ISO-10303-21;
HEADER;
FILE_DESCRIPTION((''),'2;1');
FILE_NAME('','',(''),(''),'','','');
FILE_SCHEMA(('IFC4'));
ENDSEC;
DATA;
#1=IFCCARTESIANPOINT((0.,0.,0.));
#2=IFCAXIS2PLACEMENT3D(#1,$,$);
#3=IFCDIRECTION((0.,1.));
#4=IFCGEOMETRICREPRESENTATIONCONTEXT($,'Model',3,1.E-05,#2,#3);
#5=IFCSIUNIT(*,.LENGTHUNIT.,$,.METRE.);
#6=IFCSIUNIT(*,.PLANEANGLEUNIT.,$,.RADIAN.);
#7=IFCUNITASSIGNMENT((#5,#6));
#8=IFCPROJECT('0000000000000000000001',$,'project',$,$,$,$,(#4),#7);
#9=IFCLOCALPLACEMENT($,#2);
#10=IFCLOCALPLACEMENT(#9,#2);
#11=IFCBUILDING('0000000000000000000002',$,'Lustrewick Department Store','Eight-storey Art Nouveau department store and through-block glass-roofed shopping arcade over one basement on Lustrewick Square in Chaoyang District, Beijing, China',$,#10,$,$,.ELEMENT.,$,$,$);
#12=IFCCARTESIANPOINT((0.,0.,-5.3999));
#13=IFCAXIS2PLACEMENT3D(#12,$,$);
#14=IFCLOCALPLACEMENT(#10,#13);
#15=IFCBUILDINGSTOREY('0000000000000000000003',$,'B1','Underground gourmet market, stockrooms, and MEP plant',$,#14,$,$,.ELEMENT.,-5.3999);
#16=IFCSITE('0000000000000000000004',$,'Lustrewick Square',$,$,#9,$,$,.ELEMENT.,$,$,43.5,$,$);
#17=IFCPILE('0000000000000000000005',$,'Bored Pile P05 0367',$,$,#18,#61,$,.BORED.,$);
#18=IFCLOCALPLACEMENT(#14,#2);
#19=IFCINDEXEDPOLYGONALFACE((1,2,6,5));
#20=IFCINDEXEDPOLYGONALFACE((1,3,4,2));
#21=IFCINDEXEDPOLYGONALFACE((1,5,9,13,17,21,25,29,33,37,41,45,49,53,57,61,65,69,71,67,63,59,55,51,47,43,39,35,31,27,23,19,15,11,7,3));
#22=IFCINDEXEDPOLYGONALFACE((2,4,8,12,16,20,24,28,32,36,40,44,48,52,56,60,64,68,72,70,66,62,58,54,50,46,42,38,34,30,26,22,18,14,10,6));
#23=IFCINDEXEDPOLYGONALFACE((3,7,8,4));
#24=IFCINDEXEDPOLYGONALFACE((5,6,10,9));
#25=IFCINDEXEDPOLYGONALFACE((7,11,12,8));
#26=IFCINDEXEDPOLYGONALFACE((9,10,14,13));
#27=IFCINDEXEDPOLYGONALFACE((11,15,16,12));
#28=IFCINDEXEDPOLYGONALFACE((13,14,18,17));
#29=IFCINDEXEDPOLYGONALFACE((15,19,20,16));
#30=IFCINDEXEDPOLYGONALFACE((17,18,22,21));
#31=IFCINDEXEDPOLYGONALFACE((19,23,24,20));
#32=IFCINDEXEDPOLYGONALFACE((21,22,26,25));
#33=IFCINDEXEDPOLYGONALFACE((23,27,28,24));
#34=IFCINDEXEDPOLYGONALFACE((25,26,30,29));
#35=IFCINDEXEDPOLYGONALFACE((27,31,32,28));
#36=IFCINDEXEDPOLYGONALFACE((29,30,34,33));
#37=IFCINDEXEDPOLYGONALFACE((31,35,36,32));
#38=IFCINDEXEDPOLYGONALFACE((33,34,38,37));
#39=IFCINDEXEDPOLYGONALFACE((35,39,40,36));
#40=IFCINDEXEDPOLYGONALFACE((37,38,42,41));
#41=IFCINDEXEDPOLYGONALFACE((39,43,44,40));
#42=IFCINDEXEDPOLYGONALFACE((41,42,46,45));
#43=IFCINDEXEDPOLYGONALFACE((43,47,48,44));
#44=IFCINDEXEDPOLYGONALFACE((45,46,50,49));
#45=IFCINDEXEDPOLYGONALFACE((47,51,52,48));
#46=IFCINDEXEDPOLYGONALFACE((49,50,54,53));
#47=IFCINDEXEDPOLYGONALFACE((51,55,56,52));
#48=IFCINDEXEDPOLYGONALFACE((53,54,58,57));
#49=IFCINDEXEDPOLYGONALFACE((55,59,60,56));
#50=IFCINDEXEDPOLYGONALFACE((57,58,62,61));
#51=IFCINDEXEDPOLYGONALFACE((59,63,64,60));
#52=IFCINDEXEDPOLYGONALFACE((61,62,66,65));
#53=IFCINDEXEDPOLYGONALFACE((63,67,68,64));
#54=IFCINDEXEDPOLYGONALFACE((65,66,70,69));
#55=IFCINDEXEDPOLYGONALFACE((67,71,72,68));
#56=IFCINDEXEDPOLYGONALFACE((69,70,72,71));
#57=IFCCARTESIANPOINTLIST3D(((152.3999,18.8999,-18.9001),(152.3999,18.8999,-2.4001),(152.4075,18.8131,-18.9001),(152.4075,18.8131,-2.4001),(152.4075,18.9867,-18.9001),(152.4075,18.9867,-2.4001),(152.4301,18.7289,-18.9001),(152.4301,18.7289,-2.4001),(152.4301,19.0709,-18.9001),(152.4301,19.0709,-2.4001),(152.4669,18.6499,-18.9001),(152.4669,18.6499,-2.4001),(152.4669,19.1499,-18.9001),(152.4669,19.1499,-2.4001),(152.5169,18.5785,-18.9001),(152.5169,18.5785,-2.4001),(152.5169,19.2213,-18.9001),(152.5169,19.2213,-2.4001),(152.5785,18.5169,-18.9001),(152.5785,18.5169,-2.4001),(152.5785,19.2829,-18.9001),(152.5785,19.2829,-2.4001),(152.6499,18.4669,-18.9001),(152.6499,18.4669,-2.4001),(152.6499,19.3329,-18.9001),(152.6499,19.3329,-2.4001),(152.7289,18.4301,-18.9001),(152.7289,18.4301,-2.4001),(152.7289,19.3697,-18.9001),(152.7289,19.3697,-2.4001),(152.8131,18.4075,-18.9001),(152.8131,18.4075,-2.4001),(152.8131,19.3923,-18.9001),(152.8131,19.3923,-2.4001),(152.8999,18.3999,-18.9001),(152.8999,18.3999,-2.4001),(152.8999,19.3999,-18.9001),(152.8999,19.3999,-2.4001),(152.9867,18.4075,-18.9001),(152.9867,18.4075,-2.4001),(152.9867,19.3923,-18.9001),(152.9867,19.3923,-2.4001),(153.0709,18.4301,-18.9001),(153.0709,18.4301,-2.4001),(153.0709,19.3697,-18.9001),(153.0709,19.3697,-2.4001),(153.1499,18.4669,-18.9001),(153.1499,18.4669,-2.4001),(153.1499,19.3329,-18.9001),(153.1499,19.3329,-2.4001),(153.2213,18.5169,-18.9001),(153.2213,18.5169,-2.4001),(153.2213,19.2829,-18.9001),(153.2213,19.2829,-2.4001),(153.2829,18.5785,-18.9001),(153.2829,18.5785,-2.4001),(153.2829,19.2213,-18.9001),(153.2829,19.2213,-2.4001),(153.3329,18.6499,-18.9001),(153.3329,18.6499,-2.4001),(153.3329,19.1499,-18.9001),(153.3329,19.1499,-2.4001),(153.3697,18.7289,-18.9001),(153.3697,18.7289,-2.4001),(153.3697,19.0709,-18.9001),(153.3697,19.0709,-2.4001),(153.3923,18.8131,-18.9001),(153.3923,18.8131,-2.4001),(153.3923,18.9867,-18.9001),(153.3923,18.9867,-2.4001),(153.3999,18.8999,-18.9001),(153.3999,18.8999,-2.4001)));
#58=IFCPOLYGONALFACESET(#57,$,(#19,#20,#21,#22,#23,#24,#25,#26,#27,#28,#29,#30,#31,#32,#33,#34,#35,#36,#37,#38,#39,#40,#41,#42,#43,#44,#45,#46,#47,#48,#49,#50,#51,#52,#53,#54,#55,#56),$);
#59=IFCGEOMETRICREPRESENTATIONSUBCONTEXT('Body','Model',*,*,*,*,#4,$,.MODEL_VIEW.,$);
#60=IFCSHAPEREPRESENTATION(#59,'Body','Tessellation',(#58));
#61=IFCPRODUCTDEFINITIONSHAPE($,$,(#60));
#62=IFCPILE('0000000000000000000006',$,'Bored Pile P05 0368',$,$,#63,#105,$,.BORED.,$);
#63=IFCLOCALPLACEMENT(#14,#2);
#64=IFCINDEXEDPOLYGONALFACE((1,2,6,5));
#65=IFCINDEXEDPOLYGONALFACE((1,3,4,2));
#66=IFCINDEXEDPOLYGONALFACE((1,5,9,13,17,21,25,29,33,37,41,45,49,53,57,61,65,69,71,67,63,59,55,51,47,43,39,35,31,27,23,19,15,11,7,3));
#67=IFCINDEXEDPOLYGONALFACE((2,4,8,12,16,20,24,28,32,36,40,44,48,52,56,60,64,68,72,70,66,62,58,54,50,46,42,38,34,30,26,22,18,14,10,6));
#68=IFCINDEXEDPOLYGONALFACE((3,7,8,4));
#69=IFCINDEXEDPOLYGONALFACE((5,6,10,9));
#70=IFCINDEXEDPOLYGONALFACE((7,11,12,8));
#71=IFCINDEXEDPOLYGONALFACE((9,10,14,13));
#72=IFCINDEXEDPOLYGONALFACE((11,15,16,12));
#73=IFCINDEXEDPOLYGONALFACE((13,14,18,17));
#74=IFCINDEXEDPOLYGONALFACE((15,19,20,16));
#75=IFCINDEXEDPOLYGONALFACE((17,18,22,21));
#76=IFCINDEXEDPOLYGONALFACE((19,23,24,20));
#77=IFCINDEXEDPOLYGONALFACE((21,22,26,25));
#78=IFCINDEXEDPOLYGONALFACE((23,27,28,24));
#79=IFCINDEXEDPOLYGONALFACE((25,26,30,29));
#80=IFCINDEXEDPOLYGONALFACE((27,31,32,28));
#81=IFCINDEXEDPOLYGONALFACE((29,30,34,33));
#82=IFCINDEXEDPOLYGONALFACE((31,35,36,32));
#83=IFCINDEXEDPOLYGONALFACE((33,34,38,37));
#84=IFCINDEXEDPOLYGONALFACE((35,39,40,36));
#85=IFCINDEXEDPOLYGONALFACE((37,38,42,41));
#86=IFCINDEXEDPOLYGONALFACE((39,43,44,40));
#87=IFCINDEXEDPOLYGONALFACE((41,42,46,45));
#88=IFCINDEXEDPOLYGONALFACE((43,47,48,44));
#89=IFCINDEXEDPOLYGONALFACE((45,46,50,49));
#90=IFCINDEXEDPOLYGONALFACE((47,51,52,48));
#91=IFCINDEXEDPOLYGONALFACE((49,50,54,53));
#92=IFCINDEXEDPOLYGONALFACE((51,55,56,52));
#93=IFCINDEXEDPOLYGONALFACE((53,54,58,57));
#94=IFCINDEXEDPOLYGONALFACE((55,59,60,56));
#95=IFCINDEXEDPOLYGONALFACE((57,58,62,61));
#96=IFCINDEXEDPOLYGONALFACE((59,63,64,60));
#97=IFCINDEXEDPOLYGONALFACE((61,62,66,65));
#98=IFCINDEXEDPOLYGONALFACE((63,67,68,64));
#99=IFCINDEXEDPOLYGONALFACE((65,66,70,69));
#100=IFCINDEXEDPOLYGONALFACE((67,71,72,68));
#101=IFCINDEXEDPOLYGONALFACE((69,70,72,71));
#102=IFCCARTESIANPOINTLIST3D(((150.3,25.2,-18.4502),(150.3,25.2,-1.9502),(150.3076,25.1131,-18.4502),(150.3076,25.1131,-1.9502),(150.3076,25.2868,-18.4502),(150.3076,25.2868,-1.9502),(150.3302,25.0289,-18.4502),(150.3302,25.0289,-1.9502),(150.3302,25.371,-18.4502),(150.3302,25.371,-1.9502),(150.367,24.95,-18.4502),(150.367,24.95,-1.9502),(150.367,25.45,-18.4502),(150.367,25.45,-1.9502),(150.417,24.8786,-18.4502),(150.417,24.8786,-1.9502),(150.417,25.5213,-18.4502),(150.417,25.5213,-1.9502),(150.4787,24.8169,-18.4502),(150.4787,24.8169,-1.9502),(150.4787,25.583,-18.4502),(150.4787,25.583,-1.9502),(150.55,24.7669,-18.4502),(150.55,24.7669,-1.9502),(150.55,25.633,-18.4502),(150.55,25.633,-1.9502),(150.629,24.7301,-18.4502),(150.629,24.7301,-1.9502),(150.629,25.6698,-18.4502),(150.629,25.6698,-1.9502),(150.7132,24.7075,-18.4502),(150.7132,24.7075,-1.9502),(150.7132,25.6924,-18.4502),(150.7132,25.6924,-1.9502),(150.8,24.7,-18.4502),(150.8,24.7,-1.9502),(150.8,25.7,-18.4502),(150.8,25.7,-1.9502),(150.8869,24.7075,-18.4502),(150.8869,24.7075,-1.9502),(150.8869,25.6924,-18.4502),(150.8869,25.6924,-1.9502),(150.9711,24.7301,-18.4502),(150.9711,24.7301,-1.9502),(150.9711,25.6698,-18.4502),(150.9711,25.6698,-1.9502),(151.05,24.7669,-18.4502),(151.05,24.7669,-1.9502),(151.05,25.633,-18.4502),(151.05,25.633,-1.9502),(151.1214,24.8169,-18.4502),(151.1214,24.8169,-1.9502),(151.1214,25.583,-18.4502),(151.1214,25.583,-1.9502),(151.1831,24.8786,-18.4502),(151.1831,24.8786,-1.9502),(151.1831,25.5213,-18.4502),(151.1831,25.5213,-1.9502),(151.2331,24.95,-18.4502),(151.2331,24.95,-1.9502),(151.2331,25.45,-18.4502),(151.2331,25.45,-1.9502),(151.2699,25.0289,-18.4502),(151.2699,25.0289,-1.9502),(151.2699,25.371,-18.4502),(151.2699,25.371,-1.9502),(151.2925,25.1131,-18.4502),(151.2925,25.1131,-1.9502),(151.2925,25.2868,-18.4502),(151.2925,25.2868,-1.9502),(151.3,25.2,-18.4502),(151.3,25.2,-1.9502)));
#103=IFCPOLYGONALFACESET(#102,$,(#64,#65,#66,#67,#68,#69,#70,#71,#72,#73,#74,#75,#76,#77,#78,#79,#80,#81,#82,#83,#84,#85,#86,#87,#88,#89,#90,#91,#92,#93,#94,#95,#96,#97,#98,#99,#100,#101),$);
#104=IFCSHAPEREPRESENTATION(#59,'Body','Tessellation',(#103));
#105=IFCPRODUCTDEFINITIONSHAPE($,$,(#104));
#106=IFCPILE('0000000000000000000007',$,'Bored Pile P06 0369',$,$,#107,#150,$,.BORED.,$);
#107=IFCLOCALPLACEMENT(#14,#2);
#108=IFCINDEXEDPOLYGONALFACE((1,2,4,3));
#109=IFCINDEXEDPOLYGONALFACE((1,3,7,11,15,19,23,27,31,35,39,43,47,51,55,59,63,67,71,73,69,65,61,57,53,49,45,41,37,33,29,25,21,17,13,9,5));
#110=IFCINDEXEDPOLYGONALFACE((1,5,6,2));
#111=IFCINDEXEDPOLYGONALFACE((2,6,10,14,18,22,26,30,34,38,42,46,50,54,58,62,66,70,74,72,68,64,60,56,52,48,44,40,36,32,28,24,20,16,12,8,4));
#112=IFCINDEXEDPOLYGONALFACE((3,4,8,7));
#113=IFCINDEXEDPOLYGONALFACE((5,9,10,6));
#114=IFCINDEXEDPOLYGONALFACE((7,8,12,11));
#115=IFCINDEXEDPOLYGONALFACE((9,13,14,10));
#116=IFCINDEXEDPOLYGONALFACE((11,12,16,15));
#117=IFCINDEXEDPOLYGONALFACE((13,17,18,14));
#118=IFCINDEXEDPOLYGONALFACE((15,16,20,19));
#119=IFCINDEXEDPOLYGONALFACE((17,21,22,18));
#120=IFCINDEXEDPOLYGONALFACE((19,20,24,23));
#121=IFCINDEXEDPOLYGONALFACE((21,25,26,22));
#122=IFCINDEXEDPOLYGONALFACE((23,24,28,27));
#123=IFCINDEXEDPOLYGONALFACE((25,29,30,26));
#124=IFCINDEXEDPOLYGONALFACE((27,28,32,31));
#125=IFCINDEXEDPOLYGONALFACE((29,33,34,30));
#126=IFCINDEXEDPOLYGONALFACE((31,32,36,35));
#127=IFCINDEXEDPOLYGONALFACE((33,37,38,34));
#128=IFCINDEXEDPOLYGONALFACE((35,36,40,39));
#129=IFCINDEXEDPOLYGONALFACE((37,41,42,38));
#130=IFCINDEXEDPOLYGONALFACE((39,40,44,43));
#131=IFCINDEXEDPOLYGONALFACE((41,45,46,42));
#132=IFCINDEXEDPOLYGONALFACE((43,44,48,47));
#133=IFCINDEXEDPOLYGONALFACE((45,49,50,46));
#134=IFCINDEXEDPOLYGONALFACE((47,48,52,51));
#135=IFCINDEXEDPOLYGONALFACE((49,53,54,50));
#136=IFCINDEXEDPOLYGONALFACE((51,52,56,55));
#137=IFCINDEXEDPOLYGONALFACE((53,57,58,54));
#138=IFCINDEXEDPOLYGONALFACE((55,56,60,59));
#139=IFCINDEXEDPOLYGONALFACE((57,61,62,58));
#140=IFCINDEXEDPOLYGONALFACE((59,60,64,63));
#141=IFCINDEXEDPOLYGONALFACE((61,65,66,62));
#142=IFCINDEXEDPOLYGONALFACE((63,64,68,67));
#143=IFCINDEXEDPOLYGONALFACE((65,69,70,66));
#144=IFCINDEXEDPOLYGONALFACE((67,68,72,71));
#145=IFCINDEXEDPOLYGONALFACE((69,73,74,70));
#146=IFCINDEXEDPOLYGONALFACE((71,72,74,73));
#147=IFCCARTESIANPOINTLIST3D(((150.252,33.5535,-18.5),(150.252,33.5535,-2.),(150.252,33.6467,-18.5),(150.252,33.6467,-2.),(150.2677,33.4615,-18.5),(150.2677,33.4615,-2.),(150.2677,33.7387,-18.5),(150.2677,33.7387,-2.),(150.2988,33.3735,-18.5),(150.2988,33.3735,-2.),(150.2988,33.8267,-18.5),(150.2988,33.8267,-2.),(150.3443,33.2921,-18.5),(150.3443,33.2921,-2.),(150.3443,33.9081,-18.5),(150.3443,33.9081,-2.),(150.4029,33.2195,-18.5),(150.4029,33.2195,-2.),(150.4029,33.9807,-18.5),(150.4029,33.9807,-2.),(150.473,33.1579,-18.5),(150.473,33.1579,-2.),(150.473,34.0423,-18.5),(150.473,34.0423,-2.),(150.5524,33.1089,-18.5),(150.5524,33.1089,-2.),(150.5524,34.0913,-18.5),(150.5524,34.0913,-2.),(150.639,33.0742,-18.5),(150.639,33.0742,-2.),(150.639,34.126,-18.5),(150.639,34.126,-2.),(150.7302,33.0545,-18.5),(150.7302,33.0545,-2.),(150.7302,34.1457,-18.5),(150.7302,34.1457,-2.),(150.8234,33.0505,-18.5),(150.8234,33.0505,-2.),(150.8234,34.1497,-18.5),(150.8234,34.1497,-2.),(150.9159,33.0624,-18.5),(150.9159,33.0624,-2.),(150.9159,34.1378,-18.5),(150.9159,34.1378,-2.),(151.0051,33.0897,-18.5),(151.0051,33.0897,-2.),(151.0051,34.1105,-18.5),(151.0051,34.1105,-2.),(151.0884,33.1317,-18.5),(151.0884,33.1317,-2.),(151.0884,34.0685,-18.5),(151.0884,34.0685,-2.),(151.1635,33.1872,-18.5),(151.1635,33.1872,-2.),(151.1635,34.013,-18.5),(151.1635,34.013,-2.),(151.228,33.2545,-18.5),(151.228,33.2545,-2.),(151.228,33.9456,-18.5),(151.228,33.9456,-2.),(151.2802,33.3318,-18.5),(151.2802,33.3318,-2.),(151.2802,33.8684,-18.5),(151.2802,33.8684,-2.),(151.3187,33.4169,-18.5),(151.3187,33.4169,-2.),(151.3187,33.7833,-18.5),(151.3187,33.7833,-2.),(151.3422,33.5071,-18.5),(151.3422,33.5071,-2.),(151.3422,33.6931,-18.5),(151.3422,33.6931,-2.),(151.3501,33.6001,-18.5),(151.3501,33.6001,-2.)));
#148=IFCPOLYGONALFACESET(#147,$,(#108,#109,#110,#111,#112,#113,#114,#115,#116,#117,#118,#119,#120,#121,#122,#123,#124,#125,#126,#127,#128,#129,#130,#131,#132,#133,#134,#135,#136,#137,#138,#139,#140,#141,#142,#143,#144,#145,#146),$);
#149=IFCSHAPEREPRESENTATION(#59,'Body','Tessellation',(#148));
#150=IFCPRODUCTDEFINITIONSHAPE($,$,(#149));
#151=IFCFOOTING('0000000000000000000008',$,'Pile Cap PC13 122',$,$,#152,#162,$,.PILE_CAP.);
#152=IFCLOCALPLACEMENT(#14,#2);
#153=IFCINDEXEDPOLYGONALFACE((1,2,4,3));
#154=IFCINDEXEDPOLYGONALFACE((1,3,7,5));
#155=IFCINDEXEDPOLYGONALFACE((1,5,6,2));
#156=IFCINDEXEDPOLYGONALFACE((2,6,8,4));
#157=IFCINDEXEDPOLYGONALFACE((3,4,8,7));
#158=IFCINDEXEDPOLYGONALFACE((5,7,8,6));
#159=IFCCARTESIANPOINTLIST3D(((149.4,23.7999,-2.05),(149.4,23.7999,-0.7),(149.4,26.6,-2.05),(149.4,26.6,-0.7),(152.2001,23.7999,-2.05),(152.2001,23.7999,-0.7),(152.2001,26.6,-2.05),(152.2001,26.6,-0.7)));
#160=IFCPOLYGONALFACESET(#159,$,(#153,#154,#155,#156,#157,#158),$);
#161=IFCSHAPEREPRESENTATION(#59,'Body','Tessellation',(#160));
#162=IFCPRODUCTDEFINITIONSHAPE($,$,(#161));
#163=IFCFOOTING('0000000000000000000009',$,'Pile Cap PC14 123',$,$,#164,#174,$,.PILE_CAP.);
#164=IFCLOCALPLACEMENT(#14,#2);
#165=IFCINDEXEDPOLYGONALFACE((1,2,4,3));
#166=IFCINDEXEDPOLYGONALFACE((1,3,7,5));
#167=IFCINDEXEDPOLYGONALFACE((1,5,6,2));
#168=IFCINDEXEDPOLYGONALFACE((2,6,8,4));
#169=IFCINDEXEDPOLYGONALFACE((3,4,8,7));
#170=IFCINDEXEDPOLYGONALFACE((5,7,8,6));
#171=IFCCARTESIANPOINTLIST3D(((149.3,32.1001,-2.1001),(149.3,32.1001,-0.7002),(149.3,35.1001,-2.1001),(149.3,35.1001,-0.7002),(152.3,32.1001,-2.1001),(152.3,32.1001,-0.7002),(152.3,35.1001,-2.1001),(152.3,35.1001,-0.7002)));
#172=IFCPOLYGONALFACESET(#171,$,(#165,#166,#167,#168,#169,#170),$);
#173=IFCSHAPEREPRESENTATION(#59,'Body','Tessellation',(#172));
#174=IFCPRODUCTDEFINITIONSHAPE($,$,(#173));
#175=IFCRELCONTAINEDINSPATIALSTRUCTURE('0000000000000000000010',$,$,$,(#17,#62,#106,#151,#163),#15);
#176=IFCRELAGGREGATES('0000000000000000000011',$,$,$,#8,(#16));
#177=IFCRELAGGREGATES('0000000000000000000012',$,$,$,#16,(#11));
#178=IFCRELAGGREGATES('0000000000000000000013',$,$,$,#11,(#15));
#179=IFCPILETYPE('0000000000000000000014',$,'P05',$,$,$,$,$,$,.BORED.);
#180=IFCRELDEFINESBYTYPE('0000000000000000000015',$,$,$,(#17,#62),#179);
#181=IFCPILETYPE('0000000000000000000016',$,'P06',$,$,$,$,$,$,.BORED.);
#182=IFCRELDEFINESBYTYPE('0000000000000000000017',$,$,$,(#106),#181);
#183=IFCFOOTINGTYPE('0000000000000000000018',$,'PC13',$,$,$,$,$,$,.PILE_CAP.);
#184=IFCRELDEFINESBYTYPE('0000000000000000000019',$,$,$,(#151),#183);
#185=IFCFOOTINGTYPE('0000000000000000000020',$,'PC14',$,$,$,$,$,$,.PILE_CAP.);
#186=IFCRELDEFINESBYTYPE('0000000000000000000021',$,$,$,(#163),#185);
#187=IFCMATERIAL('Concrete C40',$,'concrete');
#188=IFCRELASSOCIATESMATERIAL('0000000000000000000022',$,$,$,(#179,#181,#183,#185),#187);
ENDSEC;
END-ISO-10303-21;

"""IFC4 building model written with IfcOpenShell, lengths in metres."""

from ifc_helpers import new_model, si_unit, direction, frame, origin, origin_2d, place, context, subcontext, project, spatial, rectangle, circle, extrude, material, material_profile, profile_set, type_object, element, save


model = new_model("IFC4")

# Units and contexts
model_context = context("Model", 3, precision=1e-05, world=origin(), true_north=direction((0.0, 1.0)))
body_context = subcontext(model_context, "Body", "Model", "MODEL_VIEW")
ifc_project = project(units=[si_unit("LENGTHUNIT", "METRE"), si_unit("PLANEANGLEUNIT", "RADIAN")], contexts=[model_context])

# Site, building, storey
site_placement = place(None, origin())
site = spatial("IfcSite", under=ifc_project, at=site_placement, Name="Lustrewick Square", CompositionType="ELEMENT", RefElevation=43.5)
building_placement = place(site_placement, origin())
building = spatial("IfcBuilding", under=site, at=building_placement, Name="Lustrewick Department Store", Description="Eight-storey Art Nouveau department store and through-block glass-roofed shopping arcade over one basement on Lustrewick Square in Chaoyang District, Beijing, China", CompositionType="ELEMENT")
storey_placement = place(building_placement, frame((0.0, 0.0, -5.3999)))
storey = spatial("IfcBuildingStorey", under=building, at=storey_placement, Name="B1", Description="Underground gourmet market, stockrooms, and MEP plant", CompositionType="ELEMENT", Elevation=-5.3999)

# Piles
ifc_material_1 = material(Name="Concrete C40", Category="concrete")
ifc_material_profile_1 = material_profile(ifc_material_1, circle(Radius=0.5, at=origin_2d()), Name="PILE D1000")
ifc_profile_set_1 = profile_set([ifc_material_profile_1], Name="Concrete C40")
pile_type_1 = type_object("IfcPileType", Name="P05", PredefinedType="BORED", material=ifc_profile_set_1)
for number, where, z_axis, x_axis, name in (
    (1, (152.8999, 18.8999, -2.4001), (0.0, 0.0, -1.0), (1.0, 0.0, 0.0), "Bored Pile P05 0367"),
    (2, (150.8, 25.2, -1.9502), (0.0, 0.0, -1.0), (1.0, 0.0, 0.0), "Bored Pile P05 0368"),
):
    element("IfcPile", number, at=place(storey_placement, frame(where, z_axis=z_axis, x_axis=x_axis)), inside=storey, type_object=pile_type_1, Name=name, PredefinedType="BORED", context=body_context, shape_type="SweptSolid", body=[
        extrude(circle(Radius=0.5, at=origin_2d()), origin(), (0.0, 0.0, 1.0), 16.5),
    ])
ifc_material_profile_2 = material_profile(ifc_material_1, circle(Radius=0.55, at=origin_2d()), Name="PILE D1100")
ifc_profile_set_2 = profile_set([ifc_material_profile_2], Name="Concrete C40")
pile_type_2 = type_object("IfcPileType", Name="P06", PredefinedType="BORED", material=ifc_profile_set_2)
pile_placement = place(storey_placement, frame((150.8, 33.6001, -2.0), z_axis=(0.0, 0.0, -1.0), x_axis=(1.0, 0.0, 0.0)))
element("IfcPile", 3, at=pile_placement, inside=storey, type_object=pile_type_2, Name="Bored Pile P06 0369", PredefinedType="BORED", context=body_context, shape_type="SweptSolid", body=[
    extrude(circle(Radius=0.55, at=origin_2d()), origin(), (0.0, 0.0, 1.0), 16.5),
])

# Footings
footing_type_1 = type_object("IfcFootingType", Name="PC13", PredefinedType="PILE_CAP", material=ifc_material_1)
footing_1_placement = place(storey_placement, frame((150.8, 25.2, -2.05), z_axis=(0.0, 0.0, 1.0), x_axis=(1.0, 0.0, 0.0)))
element("IfcFooting", 4, at=footing_1_placement, inside=storey, type_object=footing_type_1, Name="Pile Cap PC13 122", PredefinedType="PILE_CAP", context=body_context, shape_type="SweptSolid", body=[
    extrude(rectangle(XDim=2.8, YDim=2.8, at=origin_2d()), origin(), (0.0, 0.0, 1.0), 1.3501),
])
footing_type_2 = type_object("IfcFootingType", Name="PC14", PredefinedType="PILE_CAP", material=ifc_material_1)
footing_2_placement = place(storey_placement, frame((150.8, 33.6001, -2.1001), z_axis=(0.0, 0.0, 1.0), x_axis=(1.0, 0.0, 0.0)))
element("IfcFooting", 5, at=footing_2_placement, inside=storey, type_object=footing_type_2, Name="Pile Cap PC14 123", PredefinedType="PILE_CAP", context=body_context, shape_type="SweptSolid", body=[
    extrude(rectangle(XDim=3.0, YDim=3.0, at=origin_2d()), origin(), (0.0, 0.0, 1.0), 1.3999),
])

save(model, "model.ifc")
